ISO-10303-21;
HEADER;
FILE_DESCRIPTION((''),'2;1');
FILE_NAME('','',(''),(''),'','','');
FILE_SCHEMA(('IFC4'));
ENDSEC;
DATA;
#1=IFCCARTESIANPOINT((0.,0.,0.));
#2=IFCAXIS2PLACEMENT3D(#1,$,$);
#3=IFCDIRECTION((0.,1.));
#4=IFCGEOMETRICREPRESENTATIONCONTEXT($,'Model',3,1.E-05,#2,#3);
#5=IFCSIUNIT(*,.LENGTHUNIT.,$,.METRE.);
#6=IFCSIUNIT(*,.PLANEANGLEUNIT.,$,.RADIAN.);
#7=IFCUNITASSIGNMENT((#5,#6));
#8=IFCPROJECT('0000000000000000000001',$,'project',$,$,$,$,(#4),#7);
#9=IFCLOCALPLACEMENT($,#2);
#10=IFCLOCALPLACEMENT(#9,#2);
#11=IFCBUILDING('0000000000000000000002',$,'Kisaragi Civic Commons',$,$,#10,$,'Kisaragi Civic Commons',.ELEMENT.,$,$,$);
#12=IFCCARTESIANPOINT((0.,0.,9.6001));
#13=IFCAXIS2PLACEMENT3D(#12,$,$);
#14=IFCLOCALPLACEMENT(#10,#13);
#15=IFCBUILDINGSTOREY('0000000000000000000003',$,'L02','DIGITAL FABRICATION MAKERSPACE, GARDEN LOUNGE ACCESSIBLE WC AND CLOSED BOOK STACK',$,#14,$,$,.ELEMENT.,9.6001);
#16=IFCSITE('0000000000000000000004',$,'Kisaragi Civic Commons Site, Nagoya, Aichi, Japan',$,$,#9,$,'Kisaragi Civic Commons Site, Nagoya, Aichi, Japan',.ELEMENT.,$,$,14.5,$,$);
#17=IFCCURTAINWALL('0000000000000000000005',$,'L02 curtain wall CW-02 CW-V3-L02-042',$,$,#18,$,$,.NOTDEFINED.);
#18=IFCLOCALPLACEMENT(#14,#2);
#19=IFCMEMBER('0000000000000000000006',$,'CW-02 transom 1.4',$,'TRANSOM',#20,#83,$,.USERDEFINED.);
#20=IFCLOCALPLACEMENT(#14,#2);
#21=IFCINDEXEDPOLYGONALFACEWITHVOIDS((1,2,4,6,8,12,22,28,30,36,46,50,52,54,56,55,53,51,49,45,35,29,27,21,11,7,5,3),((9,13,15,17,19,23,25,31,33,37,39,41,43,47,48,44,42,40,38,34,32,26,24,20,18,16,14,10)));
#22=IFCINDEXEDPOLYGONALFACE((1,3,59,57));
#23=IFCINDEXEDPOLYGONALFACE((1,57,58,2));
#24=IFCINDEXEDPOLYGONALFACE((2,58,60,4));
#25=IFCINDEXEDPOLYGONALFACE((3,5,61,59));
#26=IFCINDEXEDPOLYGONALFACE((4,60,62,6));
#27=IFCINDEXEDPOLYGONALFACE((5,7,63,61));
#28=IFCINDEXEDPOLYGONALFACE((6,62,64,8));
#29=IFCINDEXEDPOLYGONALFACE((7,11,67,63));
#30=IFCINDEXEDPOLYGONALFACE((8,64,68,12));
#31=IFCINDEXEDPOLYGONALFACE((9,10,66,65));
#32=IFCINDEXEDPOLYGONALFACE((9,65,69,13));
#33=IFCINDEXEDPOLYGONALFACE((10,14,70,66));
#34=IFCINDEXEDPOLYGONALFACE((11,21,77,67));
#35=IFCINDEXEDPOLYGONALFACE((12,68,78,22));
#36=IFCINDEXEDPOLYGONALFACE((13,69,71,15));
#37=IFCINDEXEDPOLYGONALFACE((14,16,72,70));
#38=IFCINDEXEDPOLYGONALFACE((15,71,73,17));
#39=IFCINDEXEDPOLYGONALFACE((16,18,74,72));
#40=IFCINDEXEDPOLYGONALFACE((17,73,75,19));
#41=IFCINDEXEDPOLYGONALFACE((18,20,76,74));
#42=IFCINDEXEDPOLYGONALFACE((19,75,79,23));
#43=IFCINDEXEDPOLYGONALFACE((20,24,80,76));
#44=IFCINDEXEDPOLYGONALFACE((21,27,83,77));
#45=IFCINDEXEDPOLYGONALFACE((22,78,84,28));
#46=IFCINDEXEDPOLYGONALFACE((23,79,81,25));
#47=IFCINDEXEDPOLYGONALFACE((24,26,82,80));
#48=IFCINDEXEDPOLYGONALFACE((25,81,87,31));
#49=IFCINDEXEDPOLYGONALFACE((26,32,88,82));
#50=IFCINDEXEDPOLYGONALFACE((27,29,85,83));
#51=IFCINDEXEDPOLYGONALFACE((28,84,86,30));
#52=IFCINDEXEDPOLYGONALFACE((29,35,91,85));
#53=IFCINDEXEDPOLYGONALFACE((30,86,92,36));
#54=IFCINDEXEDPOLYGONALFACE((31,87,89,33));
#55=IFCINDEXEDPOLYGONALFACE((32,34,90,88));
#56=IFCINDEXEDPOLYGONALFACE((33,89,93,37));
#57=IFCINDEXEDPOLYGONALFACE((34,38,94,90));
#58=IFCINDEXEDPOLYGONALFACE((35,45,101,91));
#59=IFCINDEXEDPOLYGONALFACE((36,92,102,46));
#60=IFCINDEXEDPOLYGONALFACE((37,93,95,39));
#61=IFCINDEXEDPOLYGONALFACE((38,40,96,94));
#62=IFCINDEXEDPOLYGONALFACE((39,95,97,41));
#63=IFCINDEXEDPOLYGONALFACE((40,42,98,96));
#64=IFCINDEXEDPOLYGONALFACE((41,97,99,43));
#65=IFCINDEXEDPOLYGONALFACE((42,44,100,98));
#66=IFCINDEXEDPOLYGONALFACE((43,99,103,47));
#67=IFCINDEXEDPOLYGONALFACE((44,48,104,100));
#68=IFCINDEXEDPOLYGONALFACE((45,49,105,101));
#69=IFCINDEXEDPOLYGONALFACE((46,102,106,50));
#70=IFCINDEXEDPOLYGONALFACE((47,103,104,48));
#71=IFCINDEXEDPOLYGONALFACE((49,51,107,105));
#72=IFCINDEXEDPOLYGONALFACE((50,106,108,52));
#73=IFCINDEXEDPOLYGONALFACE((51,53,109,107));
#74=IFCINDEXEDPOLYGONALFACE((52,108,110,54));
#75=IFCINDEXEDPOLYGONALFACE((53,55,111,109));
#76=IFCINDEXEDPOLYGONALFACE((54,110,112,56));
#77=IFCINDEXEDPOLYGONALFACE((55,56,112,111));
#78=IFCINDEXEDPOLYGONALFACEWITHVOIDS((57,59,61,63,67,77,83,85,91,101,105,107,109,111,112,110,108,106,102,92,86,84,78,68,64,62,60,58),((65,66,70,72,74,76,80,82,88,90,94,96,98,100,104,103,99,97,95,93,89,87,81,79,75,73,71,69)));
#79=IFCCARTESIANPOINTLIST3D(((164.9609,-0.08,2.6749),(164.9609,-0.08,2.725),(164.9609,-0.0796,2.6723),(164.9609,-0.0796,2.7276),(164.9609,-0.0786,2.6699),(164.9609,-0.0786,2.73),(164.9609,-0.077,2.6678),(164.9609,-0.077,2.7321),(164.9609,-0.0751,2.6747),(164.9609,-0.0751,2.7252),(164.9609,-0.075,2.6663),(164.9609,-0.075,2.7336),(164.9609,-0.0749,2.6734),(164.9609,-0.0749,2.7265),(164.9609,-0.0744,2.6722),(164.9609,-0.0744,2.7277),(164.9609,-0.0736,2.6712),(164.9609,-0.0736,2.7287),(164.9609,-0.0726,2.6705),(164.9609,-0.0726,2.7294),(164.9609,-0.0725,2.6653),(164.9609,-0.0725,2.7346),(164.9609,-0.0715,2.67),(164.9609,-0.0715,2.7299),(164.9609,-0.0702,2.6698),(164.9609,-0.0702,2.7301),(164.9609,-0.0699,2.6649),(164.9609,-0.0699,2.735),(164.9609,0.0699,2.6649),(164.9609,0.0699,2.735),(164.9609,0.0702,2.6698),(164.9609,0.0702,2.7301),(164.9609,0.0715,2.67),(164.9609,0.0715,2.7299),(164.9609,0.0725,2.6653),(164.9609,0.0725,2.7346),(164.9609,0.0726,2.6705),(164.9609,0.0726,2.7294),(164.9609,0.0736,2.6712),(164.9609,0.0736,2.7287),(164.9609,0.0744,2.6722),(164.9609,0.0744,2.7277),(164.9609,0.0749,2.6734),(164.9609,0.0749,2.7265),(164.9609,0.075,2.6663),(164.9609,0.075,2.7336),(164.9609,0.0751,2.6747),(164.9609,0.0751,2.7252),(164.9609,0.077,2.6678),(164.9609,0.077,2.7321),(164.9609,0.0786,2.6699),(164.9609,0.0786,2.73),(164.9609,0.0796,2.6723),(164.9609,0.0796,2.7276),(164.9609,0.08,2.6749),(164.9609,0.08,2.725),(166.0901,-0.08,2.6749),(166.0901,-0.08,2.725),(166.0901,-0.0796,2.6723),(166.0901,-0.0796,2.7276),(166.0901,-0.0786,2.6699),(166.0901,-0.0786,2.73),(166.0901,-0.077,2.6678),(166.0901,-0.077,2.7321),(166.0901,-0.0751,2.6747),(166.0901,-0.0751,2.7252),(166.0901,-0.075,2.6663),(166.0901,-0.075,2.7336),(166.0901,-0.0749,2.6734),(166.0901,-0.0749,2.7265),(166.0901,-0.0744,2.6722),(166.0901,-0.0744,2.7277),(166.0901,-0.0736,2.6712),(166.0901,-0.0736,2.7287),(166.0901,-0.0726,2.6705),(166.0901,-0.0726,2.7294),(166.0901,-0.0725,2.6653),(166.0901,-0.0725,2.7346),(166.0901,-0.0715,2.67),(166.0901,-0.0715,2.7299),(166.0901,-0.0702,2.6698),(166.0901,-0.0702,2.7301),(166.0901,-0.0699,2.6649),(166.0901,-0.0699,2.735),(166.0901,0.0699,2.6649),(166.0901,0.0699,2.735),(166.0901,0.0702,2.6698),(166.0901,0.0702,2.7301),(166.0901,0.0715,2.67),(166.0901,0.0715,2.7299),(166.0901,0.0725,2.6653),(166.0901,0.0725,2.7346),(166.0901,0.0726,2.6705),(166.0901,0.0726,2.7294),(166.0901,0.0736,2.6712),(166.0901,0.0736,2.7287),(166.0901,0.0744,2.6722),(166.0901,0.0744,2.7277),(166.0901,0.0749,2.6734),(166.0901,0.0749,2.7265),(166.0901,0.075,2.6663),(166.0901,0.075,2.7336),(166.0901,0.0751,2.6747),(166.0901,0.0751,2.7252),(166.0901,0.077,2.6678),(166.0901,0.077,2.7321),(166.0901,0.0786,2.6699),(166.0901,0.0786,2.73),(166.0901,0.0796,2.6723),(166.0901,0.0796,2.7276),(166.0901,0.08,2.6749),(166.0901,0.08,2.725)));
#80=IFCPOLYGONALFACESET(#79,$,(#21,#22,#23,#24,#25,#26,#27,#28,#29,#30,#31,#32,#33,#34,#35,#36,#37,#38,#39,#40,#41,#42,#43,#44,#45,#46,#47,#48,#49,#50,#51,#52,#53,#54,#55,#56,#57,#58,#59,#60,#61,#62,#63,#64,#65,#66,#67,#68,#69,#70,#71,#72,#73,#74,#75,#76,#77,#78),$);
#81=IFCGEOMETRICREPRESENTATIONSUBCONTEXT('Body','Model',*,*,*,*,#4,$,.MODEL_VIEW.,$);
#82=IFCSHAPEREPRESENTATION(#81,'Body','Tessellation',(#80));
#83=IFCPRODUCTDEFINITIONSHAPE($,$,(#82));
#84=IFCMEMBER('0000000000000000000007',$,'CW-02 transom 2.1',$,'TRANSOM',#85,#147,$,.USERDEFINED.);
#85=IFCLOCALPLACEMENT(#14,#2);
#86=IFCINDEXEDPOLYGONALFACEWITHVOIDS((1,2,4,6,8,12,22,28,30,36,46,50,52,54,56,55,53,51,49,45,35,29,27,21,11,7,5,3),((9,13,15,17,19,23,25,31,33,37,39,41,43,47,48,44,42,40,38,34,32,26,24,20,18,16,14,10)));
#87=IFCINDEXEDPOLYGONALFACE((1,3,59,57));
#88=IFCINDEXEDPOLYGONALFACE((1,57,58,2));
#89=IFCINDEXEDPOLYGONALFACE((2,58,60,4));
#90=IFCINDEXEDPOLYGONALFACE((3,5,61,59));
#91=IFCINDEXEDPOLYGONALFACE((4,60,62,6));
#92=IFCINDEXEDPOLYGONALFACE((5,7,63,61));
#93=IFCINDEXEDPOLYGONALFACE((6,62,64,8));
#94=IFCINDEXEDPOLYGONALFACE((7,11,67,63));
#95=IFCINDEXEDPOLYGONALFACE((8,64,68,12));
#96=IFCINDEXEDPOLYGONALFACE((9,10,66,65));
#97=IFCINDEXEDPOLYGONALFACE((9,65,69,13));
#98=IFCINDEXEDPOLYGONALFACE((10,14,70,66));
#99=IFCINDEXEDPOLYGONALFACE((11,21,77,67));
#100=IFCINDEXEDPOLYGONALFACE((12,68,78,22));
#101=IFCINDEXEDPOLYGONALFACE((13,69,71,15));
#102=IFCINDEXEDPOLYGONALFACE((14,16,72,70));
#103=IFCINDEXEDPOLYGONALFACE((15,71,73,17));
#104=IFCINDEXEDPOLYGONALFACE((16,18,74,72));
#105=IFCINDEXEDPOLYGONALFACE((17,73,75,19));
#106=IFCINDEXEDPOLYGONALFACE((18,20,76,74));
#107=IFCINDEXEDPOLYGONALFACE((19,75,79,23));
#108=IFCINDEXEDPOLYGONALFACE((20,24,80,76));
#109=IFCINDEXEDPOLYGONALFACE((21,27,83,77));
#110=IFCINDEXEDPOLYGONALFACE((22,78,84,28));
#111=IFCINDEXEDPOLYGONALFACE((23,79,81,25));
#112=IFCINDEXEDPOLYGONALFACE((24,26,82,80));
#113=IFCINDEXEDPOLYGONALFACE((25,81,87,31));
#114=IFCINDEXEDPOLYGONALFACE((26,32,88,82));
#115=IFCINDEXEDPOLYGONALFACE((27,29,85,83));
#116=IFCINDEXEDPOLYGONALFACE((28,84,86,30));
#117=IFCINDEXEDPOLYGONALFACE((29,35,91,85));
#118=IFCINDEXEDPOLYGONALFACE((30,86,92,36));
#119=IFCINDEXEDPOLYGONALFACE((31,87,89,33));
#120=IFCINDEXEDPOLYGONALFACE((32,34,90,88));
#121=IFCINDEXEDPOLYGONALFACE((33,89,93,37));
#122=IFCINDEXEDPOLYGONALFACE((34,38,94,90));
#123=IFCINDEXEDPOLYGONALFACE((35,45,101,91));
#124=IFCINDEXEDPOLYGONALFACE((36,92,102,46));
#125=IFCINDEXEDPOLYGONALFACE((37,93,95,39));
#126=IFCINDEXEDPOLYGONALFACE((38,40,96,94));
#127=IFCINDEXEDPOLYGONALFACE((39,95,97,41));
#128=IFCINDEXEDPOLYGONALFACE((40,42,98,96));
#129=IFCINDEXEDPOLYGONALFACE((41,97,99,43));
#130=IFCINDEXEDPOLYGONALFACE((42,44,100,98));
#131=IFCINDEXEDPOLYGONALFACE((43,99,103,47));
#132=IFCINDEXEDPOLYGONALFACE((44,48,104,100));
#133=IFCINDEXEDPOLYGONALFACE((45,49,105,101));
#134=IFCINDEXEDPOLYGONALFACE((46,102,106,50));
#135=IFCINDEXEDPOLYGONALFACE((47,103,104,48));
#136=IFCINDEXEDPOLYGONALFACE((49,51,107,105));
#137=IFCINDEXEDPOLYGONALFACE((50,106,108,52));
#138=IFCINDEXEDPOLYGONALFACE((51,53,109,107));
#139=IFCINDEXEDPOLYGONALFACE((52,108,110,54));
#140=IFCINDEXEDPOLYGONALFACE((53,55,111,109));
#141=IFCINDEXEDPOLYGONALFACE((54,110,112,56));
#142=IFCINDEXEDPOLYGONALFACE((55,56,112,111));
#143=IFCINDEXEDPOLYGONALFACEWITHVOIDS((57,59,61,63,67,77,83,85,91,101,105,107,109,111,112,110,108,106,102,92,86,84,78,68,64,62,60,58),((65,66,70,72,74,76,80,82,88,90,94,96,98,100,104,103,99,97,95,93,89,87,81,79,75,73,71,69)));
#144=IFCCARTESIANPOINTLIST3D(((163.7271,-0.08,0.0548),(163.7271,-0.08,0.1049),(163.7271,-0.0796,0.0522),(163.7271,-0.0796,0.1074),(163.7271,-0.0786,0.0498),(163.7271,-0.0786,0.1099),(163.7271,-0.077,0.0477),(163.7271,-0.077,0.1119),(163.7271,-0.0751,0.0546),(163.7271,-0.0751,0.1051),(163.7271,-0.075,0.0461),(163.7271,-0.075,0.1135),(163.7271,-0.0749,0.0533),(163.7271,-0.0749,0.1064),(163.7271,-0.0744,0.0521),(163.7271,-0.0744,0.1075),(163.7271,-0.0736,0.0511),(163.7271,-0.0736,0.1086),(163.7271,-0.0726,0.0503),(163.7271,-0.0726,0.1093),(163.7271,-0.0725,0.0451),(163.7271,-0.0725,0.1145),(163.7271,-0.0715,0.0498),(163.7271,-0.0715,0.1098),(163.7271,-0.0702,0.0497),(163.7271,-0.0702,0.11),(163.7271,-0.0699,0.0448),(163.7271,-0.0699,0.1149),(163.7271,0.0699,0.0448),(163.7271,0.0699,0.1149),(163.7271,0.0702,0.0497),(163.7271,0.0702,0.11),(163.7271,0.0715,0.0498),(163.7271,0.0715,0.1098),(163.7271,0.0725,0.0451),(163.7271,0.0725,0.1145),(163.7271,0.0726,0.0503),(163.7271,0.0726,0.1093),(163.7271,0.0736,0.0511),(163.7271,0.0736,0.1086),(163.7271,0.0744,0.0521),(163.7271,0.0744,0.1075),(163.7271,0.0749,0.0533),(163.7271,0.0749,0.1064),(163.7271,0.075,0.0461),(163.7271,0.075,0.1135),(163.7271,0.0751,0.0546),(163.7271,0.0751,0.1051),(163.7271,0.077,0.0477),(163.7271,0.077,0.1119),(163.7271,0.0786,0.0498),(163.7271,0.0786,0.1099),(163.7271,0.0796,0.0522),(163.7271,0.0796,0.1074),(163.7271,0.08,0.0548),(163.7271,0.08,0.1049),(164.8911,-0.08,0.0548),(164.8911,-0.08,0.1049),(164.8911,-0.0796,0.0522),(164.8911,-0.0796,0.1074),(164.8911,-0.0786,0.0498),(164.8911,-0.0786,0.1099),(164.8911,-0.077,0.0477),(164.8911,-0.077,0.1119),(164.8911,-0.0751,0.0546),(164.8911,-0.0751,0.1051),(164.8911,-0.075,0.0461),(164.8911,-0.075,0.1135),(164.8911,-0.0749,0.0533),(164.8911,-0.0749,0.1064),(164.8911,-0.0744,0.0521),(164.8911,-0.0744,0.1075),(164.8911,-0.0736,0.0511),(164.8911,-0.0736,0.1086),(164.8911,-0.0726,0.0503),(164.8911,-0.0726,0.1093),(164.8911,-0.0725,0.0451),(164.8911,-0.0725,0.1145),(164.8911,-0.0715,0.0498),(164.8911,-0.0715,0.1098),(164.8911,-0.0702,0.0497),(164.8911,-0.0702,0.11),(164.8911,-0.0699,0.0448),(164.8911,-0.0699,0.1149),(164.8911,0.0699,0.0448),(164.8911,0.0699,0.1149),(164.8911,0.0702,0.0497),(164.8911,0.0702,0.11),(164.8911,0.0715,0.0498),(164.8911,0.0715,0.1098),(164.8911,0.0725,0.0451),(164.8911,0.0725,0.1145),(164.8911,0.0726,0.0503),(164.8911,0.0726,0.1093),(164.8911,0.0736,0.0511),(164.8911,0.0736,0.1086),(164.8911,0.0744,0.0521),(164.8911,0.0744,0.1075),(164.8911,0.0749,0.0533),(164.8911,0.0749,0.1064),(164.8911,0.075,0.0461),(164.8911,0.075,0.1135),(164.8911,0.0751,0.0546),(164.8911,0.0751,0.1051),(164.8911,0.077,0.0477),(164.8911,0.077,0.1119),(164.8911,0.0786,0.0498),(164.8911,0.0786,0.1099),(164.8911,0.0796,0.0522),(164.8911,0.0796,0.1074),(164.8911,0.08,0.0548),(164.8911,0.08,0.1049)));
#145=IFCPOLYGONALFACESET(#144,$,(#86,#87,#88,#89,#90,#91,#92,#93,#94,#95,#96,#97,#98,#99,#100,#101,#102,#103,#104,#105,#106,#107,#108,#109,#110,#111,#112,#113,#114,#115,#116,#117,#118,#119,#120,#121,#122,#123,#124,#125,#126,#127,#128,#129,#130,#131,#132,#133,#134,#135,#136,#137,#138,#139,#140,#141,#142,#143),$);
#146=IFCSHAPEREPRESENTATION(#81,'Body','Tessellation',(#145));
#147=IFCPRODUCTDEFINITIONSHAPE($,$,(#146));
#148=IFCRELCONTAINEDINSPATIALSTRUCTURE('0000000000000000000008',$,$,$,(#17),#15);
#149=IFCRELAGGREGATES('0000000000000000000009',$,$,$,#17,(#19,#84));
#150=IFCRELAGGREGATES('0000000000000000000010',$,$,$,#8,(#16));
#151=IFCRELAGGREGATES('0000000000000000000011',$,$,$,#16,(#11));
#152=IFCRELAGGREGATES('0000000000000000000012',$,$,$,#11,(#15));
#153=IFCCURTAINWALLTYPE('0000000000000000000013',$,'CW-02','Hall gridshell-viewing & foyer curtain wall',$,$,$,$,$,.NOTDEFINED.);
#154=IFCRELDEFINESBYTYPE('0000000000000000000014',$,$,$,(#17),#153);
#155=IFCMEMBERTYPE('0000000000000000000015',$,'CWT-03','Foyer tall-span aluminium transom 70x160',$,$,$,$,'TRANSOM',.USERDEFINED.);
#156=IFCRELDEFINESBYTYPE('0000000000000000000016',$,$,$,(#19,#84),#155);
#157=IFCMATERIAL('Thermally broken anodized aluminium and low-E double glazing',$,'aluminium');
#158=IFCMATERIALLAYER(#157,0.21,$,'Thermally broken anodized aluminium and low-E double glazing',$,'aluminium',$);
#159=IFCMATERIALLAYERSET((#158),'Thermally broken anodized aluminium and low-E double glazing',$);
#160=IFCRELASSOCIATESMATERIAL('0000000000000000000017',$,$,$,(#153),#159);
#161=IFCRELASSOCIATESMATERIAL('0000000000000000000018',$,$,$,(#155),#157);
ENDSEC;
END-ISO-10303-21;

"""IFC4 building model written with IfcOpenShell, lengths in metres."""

from ifc_helpers import new_model, si_unit, direction, frame, origin, origin_2d, place, context, subcontext, project, spatial, hollow_rectangle, extrude, material, layer, layer_set, material_profile, profile_set, type_object, element, aggregate, save


model = new_model("IFC4")

# Units and contexts
model_context = context("Model", 3, precision=1e-05, world=origin(), true_north=direction((0.0, 1.0)))
body_context = subcontext(model_context, "Body", "Model", "MODEL_VIEW")
ifc_project = project(units=[si_unit("LENGTHUNIT", "METRE"), si_unit("PLANEANGLEUNIT", "RADIAN")], contexts=[model_context])

# Site, building, storey
site_placement = place(None, origin())
site = spatial("IfcSite", under=ifc_project, at=site_placement, Name="Kisaragi Civic Commons Site, Nagoya, Aichi, Japan", LongName="Kisaragi Civic Commons Site, Nagoya, Aichi, Japan", CompositionType="ELEMENT", RefElevation=14.5)
building_placement = place(site_placement, origin())
building = spatial("IfcBuilding", under=site, at=building_placement, Name="Kisaragi Civic Commons", LongName="Kisaragi Civic Commons", CompositionType="ELEMENT")
storey_placement = place(building_placement, frame((0.0, 0.0, 9.6001)))
storey = spatial("IfcBuildingStorey", under=building, at=storey_placement, Name="L02", Description="DIGITAL FABRICATION MAKERSPACE, GARDEN LOUNGE ACCESSIBLE WC AND CLOSED BOOK STACK", CompositionType="ELEMENT", Elevation=9.6001)

# Shared definitions
ifc_material_1 = material(Name="Thermally broken anodized aluminium and low-E double glazing", Category="aluminium")
ifc_layer_1 = layer(ifc_material_1, 0.21, Name="Thermally broken anodized aluminium and low-E double glazing", Category="aluminium")
ifc_layer_set_1 = layer_set([ifc_layer_1], Name="Thermally broken anodized aluminium and low-E double glazing")
curtain_wall_type = type_object("IfcCurtainWallType", Name="CW-02", Description="Hall gridshell-viewing & foyer curtain wall", PredefinedType="NOTDEFINED", material=ifc_layer_set_1)

# Curtain wall
curtain_wall_1_placement = place(storey_placement, origin())
curtain_wall_1 = element("IfcCurtainWall", 1, at=curtain_wall_1_placement, inside=storey, type_object=curtain_wall_type, Name="L02 curtain wall CW-02 CW-V3-L02-042", PredefinedType="NOTDEFINED")

# Members
ifc_material_profile_1 = material_profile(ifc_material_1, hollow_rectangle(XDim=0.1599, YDim=0.0701, WallThickness=0.0049, InnerFilletRadius=0.0049, OuterFilletRadius=0.01, at=origin_2d()), Name="CWT-70x160x5", Category="aluminium")
ifc_profile_set_1 = profile_set([ifc_material_profile_1], Name="Thermally broken anodized aluminium and low-E double glazing")
member_type_1 = type_object("IfcMemberType", Name="CWT-03", Description="Foyer tall-span aluminium transom 70x160", ElementType="TRANSOM", PredefinedType="USERDEFINED", material=ifc_profile_set_1)
member_1_placement = place(storey_placement, frame((166.0901, 0.0, 2.7), z_axis=(-1.0, 0.0, 0.0), x_axis=(0.0, -1.0, 0.0)))
member_1 = element("IfcMember", 2, at=member_1_placement, type_object=member_type_1, Name="CW-02 transom 1.4", ObjectType="TRANSOM", PredefinedType="USERDEFINED", context=body_context, shape_type="SweptSolid", body=[
    extrude(hollow_rectangle(XDim=0.1599, YDim=0.0701, WallThickness=0.0049, InnerFilletRadius=0.0049, OuterFilletRadius=0.01, at=origin_2d()), origin(), (0.0, 0.0, 1.0), 1.1292),
])
member_2_placement = place(storey_placement, frame((164.8911, 0.0, 0.0798), z_axis=(-1.0, 0.0, 0.0), x_axis=(0.0, -1.0, 0.0)))
member_2 = element("IfcMember", 3, at=member_2_placement, type_object=member_type_1, Name="CW-02 transom 2.1", ObjectType="TRANSOM", PredefinedType="USERDEFINED", context=body_context, shape_type="SweptSolid", body=[
    extrude(hollow_rectangle(XDim=0.1599, YDim=0.0701, WallThickness=0.0049, InnerFilletRadius=0.0049, OuterFilletRadius=0.01, at=origin_2d()), origin(), (0.0, 0.0, 1.0), 1.1641),
])

aggregate(curtain_wall_1, [member_1, member_2])

save(model, "model.ifc")
